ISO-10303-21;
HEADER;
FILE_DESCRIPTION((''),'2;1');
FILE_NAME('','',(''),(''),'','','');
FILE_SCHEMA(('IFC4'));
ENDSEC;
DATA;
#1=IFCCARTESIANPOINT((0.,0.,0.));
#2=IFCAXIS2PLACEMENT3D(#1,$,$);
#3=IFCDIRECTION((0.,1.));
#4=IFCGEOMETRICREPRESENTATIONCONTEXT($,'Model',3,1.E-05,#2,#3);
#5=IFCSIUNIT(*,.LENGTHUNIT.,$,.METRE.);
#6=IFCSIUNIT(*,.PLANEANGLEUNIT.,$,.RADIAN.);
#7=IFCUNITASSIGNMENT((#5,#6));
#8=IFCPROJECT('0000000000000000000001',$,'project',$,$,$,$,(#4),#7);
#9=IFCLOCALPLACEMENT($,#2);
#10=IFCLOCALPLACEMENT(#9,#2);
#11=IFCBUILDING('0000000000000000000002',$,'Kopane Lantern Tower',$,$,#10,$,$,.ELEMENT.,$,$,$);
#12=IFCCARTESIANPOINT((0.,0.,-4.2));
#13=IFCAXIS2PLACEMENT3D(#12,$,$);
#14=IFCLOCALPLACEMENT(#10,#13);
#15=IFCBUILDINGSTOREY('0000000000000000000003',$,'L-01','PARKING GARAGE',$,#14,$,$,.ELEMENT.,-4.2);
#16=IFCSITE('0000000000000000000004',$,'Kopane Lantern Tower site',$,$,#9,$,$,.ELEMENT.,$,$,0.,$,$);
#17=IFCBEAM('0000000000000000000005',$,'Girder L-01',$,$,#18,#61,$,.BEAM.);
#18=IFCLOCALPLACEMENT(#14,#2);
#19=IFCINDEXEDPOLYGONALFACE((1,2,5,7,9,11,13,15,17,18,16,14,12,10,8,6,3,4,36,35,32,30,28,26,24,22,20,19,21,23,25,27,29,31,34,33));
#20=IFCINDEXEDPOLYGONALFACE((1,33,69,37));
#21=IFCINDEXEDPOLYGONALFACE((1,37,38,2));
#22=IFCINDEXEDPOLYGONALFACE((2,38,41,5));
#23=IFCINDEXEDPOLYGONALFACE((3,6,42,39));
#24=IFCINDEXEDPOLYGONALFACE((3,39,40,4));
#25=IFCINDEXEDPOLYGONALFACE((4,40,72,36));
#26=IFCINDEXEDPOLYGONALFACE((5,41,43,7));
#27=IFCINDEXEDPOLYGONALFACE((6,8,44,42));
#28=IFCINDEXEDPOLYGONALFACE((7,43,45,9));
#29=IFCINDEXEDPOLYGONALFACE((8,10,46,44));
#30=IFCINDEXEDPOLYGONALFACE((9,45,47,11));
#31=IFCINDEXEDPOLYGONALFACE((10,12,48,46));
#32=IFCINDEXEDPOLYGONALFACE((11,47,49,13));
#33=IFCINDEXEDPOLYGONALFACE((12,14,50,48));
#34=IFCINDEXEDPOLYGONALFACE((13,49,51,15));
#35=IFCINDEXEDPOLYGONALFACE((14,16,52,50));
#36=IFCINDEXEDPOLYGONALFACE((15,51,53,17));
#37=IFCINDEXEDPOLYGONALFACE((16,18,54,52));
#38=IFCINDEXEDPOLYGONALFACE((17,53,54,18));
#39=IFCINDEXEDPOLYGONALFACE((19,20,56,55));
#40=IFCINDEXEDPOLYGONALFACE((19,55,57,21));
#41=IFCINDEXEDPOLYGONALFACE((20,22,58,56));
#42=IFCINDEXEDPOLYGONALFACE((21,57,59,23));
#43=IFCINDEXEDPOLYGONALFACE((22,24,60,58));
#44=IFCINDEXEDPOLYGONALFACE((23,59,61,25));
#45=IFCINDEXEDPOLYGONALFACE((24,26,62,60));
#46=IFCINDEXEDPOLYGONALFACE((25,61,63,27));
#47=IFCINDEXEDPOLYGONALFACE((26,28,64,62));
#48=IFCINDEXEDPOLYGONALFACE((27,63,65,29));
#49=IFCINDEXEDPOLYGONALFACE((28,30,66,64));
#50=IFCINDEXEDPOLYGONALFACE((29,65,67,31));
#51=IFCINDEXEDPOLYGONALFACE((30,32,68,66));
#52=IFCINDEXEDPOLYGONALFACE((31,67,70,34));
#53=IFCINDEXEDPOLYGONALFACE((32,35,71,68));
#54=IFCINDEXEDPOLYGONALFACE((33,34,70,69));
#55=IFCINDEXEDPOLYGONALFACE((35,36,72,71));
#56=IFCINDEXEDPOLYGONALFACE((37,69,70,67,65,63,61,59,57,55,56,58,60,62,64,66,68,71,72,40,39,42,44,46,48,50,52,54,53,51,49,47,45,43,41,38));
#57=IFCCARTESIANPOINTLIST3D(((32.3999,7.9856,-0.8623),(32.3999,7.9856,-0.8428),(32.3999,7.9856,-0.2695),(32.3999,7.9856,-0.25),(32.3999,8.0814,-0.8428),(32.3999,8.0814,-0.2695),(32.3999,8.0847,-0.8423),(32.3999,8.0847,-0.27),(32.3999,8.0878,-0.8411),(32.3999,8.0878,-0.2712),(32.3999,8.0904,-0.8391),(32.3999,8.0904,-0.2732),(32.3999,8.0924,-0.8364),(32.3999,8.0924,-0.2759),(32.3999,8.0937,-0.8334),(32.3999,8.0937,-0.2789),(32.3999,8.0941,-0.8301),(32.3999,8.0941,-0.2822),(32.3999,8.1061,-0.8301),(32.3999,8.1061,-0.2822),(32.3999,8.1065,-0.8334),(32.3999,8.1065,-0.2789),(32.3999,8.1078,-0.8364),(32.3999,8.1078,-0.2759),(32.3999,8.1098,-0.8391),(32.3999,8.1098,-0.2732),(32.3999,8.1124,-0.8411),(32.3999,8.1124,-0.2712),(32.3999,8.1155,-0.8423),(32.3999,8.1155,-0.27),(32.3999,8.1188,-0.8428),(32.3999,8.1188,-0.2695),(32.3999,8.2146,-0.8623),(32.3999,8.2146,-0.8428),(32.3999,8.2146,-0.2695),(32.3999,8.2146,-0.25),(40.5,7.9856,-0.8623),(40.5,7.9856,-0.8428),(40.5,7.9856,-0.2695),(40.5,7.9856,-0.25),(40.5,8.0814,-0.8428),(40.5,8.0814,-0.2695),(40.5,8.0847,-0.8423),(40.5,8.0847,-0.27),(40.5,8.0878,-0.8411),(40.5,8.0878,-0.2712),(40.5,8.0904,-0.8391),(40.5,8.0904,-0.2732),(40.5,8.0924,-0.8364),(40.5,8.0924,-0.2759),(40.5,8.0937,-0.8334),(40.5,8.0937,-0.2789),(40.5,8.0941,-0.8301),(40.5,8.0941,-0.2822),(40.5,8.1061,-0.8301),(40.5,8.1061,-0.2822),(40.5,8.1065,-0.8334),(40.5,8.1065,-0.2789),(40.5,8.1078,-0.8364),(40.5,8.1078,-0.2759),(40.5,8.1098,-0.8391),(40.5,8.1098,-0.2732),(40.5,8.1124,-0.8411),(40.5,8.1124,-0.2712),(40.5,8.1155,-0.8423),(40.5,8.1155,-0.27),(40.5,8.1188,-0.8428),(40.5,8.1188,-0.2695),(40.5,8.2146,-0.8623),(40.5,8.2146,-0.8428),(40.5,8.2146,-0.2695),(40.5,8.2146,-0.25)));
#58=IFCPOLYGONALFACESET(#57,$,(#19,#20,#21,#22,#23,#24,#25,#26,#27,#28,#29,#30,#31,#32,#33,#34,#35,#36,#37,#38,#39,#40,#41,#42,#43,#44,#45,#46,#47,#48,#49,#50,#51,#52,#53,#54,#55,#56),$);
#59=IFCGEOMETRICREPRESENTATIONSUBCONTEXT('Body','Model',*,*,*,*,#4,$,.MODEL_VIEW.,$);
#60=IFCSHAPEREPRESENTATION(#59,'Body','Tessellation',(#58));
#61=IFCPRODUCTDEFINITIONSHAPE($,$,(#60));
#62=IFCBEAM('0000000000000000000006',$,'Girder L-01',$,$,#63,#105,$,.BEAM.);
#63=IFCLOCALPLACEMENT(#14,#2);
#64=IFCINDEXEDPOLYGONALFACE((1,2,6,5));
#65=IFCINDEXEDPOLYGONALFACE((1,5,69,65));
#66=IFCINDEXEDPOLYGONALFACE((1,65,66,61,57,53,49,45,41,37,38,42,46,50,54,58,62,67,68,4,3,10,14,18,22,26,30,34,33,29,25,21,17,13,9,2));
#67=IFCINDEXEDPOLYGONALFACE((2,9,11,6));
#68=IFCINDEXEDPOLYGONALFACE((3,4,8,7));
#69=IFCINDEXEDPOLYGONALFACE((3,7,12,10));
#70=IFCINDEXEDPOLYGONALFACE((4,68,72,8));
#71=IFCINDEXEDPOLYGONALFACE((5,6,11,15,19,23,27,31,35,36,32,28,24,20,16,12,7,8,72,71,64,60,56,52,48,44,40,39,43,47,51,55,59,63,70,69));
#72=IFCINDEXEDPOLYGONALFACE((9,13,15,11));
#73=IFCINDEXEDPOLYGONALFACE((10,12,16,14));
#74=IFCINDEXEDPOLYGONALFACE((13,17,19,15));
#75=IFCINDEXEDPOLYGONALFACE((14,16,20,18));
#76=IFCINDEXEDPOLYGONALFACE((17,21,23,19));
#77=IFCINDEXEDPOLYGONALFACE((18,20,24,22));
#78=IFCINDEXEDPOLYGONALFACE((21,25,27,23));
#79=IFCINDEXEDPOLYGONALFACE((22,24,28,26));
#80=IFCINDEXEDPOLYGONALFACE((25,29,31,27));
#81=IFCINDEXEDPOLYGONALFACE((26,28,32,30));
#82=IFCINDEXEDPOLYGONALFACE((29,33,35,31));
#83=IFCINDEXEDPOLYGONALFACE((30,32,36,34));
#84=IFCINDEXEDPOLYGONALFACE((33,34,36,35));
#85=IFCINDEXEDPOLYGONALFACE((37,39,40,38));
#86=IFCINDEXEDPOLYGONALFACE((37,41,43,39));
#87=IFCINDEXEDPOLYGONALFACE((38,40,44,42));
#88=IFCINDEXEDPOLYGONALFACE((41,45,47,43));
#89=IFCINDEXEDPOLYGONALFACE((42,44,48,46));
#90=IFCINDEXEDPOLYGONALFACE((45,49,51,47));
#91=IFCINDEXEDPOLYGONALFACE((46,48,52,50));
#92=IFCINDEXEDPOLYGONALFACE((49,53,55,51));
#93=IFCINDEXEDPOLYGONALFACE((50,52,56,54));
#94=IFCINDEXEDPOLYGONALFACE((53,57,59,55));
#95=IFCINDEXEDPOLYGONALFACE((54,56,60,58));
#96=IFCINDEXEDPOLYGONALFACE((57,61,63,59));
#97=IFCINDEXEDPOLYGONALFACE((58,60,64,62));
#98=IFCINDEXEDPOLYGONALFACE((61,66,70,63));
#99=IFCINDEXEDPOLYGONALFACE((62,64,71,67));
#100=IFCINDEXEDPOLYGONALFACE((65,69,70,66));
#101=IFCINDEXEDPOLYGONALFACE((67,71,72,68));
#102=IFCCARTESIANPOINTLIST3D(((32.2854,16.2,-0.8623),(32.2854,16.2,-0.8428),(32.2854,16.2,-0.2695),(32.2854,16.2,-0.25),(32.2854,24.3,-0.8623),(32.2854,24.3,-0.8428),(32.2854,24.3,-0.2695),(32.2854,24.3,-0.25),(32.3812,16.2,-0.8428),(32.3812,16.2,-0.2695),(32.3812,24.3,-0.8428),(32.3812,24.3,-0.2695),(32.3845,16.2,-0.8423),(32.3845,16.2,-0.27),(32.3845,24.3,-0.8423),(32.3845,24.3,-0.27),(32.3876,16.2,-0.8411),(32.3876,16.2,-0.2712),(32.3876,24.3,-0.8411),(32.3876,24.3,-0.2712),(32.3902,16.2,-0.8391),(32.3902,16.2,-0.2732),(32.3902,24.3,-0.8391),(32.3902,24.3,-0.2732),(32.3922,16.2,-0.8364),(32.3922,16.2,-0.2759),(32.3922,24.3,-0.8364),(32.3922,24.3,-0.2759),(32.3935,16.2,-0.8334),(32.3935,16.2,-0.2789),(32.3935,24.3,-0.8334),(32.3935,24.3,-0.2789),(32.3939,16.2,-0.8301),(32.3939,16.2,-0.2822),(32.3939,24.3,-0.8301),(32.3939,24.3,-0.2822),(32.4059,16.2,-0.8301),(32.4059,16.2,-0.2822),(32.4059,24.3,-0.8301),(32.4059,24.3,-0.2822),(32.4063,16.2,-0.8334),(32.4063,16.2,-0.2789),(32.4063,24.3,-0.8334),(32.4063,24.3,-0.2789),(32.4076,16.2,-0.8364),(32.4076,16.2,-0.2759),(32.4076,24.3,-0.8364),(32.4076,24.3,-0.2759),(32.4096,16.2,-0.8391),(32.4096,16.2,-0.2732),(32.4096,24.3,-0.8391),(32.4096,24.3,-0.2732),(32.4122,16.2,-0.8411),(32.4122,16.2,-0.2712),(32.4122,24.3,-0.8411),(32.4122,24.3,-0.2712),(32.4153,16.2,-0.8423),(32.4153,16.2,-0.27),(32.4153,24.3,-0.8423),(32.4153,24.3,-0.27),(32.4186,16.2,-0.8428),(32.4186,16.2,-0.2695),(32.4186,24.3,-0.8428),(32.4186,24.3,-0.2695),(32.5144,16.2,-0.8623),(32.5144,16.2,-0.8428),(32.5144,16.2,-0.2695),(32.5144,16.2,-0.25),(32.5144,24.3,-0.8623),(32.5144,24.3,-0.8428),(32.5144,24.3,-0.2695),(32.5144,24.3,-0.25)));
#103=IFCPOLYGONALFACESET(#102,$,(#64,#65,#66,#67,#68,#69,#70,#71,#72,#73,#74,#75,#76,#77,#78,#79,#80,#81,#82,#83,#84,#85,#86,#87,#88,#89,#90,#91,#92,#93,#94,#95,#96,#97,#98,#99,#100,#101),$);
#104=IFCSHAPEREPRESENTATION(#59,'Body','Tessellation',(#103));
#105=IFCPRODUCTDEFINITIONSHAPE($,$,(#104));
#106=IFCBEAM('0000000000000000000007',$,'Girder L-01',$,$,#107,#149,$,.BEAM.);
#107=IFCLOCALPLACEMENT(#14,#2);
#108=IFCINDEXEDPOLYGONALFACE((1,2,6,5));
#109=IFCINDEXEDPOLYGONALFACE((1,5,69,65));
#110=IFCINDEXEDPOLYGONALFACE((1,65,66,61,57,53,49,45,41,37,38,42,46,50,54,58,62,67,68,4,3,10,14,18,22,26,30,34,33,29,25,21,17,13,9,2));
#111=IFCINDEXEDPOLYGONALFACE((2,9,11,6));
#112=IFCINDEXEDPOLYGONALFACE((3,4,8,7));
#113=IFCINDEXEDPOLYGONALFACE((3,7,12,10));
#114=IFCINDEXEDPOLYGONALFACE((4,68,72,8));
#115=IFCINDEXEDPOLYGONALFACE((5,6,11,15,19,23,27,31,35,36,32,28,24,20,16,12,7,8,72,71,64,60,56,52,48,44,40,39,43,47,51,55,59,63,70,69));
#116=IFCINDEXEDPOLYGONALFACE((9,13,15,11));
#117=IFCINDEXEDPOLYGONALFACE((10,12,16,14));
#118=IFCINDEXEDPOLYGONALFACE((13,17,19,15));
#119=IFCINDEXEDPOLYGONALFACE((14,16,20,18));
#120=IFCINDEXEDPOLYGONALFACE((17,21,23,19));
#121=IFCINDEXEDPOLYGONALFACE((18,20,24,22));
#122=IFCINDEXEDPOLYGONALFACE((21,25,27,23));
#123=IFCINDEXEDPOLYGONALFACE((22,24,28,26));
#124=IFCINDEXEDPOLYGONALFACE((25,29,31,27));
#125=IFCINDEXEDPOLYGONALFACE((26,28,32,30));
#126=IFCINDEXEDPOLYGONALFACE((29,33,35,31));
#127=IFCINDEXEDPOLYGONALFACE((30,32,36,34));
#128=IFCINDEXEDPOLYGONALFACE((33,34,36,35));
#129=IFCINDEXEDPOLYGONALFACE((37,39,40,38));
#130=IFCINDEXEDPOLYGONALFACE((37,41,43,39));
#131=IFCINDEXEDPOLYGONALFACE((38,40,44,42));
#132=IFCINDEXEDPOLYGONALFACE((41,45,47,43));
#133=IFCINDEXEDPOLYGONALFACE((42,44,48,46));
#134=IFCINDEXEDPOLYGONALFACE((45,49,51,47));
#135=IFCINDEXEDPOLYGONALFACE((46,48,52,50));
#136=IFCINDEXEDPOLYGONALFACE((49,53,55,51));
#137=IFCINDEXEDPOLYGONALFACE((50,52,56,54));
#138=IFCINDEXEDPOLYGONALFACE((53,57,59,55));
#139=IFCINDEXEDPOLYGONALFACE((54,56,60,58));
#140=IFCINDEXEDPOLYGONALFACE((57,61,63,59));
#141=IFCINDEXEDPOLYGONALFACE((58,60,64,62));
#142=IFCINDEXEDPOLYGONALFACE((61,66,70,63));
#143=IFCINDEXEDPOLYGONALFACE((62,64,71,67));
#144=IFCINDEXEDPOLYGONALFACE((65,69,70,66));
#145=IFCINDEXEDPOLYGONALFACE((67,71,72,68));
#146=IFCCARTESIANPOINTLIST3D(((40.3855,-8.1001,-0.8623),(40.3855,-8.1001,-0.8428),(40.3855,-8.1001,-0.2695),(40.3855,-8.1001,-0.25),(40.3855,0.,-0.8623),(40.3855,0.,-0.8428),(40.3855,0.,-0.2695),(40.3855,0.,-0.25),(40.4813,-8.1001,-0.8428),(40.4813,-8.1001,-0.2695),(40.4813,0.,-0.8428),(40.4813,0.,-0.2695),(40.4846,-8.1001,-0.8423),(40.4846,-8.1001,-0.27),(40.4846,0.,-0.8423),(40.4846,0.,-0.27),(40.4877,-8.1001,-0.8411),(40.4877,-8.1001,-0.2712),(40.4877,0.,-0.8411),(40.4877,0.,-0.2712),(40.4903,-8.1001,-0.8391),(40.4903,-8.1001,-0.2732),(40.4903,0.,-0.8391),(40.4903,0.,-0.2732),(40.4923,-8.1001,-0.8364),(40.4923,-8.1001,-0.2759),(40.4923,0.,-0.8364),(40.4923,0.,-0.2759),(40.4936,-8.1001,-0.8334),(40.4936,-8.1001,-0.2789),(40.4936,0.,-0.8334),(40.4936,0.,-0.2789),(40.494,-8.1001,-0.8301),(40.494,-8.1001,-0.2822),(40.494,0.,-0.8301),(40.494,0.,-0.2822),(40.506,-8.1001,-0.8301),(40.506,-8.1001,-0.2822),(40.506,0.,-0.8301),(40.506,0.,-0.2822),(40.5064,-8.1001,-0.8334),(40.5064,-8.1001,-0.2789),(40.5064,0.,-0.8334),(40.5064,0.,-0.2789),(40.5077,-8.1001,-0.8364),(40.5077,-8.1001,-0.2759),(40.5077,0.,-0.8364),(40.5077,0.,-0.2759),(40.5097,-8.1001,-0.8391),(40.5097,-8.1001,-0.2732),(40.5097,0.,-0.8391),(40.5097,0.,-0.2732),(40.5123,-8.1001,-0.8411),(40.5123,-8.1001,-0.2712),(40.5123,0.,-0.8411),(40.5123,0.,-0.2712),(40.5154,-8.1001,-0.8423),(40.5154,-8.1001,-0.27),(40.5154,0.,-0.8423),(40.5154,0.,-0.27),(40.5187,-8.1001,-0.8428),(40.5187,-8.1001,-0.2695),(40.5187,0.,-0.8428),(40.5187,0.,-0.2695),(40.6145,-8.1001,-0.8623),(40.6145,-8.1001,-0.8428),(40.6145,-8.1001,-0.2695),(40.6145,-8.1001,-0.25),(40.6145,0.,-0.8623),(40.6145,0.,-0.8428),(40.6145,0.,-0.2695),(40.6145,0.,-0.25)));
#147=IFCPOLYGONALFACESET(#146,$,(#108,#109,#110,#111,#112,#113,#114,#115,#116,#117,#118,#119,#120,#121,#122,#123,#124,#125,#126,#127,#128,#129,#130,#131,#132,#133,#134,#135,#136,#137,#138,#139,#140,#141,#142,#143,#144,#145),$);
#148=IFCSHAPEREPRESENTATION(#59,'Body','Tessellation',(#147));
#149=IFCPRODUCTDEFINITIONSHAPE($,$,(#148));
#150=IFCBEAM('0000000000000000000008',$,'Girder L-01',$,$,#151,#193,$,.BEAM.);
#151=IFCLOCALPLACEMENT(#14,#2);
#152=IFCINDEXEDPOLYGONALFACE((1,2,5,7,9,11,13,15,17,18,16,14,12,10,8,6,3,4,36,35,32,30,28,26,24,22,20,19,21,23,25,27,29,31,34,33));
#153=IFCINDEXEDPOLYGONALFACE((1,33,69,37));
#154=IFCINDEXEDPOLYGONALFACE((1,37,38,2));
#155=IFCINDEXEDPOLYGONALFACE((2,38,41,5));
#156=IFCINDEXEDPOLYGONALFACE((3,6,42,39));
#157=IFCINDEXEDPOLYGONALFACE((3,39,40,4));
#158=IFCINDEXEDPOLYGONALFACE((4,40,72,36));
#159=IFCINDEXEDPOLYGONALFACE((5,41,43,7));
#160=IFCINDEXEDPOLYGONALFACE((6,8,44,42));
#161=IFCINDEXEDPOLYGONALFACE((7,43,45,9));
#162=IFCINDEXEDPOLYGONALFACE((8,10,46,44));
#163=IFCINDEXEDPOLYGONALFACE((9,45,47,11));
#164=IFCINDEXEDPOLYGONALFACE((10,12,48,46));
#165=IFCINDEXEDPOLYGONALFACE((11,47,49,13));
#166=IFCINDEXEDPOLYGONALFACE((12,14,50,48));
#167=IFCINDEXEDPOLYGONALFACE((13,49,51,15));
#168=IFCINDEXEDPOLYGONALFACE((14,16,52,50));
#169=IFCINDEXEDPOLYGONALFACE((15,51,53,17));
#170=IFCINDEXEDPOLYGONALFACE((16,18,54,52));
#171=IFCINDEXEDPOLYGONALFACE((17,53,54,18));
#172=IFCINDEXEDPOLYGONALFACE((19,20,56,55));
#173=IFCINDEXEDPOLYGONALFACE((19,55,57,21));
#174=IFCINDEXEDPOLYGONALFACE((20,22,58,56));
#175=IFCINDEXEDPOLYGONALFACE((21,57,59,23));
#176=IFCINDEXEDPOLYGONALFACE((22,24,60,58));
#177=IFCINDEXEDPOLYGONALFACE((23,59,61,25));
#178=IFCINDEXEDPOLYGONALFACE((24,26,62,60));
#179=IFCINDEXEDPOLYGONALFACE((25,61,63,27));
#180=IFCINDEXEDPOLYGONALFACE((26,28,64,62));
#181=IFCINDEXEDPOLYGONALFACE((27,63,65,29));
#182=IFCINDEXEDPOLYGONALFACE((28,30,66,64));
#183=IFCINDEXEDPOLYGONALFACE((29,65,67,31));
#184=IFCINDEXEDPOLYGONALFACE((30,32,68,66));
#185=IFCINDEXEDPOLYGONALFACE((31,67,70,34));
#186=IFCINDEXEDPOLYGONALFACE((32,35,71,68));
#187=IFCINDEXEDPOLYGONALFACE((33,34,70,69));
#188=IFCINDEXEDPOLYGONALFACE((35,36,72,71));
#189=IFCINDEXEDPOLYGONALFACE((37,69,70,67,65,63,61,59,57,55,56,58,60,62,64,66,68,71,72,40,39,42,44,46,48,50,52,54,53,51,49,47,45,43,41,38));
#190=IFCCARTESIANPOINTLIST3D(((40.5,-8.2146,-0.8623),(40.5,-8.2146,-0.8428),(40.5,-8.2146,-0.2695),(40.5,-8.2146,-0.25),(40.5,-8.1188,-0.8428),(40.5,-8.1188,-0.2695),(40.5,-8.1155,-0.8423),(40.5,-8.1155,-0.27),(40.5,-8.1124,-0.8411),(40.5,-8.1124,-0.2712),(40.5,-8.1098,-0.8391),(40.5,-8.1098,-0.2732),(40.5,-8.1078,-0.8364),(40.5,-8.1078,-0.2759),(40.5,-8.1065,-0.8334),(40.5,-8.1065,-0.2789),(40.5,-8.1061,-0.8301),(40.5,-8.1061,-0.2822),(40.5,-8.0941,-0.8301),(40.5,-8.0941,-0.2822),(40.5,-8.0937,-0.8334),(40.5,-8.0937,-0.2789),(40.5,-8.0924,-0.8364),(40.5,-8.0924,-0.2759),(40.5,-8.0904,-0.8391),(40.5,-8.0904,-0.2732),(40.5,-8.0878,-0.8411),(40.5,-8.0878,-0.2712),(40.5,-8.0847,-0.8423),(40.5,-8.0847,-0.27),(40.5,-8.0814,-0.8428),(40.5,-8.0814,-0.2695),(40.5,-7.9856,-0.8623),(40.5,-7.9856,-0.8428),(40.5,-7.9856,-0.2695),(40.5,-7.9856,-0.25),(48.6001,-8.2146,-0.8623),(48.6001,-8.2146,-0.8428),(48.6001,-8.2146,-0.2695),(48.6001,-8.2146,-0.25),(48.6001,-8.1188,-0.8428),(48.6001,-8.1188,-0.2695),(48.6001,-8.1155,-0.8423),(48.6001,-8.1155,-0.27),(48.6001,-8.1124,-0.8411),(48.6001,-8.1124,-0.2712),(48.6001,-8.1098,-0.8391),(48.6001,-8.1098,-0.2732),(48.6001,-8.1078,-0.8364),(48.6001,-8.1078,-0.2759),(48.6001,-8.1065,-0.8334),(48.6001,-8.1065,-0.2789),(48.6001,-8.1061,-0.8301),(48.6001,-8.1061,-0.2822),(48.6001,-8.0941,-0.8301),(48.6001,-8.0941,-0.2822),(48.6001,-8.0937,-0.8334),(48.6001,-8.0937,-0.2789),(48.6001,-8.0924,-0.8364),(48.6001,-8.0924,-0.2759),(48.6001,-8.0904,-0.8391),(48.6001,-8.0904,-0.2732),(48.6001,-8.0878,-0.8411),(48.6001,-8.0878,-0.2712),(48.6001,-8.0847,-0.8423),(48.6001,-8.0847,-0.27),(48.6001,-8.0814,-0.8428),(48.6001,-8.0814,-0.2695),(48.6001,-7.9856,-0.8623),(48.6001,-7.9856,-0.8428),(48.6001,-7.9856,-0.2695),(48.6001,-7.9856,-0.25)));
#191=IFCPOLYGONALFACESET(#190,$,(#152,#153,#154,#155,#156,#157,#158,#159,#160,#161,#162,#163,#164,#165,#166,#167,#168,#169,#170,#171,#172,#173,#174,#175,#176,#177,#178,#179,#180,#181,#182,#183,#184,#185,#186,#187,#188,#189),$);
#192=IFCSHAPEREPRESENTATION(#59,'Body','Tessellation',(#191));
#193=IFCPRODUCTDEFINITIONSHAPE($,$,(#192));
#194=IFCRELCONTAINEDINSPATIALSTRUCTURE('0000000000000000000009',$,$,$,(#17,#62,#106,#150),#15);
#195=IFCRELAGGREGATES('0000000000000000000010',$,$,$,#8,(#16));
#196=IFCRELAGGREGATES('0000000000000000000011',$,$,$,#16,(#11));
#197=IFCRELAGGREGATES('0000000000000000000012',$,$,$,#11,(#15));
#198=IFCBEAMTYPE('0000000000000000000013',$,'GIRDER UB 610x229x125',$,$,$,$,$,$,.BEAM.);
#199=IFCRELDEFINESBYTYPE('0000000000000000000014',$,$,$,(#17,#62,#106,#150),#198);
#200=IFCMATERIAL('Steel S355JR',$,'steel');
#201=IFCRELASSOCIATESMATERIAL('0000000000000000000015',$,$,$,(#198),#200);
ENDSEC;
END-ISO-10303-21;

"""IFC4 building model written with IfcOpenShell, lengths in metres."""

from ifc_helpers import new_model, si_unit, direction, frame, origin, origin_2d, place, context, subcontext, project, spatial, i_section, extrude, material, material_profile, profile_set, type_object, element, save


model = new_model("IFC4")

# Units and contexts
model_context = context("Model", 3, precision=1e-05, world=origin(), true_north=direction((0.0, 1.0)))
body_context = subcontext(model_context, "Body", "Model", "MODEL_VIEW")
ifc_project = project(units=[si_unit("LENGTHUNIT", "METRE"), si_unit("PLANEANGLEUNIT", "RADIAN")], contexts=[model_context])

# Site, building, storey
site_placement = place(None, origin())
site = spatial("IfcSite", under=ifc_project, at=site_placement, Name="Kopane Lantern Tower site", CompositionType="ELEMENT", RefElevation=0.0)
building_placement = place(site_placement, origin())
building = spatial("IfcBuilding", under=site, at=building_placement, Name="Kopane Lantern Tower", CompositionType="ELEMENT")
storey_placement = place(building_placement, frame((0.0, 0.0, -4.2)))
storey = spatial("IfcBuildingStorey", under=building, at=storey_placement, Name="L-01", Description="PARKING GARAGE", CompositionType="ELEMENT", Elevation=-4.2)

# Beams
ifc_material_1 = material(Name="Steel S355JR", Category="steel")
ifc_material_profile_1 = material_profile(ifc_material_1, i_section(OverallWidth=0.229, OverallDepth=0.6123, WebThickness=0.012, FlangeThickness=0.0195, FilletRadius=0.0127, at=origin_2d()), Name="UB 610x229x125")
ifc_profile_set_1 = profile_set([ifc_material_profile_1], Name="Steel S355JR")
beam_type = type_object("IfcBeamType", Name="GIRDER UB 610x229x125", PredefinedType="BEAM", material=ifc_profile_set_1)
for number, where, z_axis, x_axis, name in (
    (1, (32.3999, 8.1001, -0.5562), (1.0, 0.0, 0.0), (0.0, 1.0, 0.0), "Girder L-01"),
    (2, (32.3999, 16.2, -0.5562), (0.0, 1.0, 0.0), (-1.0, 0.0, 0.0), "Girder L-01"),
    (3, (40.5, -8.1001, -0.5562), (0.0, 1.0, 0.0), (-1.0, 0.0, 0.0), "Girder L-01"),
    (4, (40.5, -8.1001, -0.5562), (1.0, 0.0, 0.0), (0.0, 1.0, 0.0), "Girder L-01"),
):
    element("IfcBeam", number, at=place(storey_placement, frame(where, z_axis=z_axis, x_axis=x_axis)), inside=storey, type_object=beam_type, Name=name, PredefinedType="BEAM", context=body_context, shape_type="SweptSolid", body=[
        extrude(i_section(OverallWidth=0.229, OverallDepth=0.6123, WebThickness=0.012, FlangeThickness=0.0195, FilletRadius=0.0127, at=origin_2d()), origin(), (0.0, 0.0, 1.0), 8.1001),
    ])

save(model, "model.ifc")
